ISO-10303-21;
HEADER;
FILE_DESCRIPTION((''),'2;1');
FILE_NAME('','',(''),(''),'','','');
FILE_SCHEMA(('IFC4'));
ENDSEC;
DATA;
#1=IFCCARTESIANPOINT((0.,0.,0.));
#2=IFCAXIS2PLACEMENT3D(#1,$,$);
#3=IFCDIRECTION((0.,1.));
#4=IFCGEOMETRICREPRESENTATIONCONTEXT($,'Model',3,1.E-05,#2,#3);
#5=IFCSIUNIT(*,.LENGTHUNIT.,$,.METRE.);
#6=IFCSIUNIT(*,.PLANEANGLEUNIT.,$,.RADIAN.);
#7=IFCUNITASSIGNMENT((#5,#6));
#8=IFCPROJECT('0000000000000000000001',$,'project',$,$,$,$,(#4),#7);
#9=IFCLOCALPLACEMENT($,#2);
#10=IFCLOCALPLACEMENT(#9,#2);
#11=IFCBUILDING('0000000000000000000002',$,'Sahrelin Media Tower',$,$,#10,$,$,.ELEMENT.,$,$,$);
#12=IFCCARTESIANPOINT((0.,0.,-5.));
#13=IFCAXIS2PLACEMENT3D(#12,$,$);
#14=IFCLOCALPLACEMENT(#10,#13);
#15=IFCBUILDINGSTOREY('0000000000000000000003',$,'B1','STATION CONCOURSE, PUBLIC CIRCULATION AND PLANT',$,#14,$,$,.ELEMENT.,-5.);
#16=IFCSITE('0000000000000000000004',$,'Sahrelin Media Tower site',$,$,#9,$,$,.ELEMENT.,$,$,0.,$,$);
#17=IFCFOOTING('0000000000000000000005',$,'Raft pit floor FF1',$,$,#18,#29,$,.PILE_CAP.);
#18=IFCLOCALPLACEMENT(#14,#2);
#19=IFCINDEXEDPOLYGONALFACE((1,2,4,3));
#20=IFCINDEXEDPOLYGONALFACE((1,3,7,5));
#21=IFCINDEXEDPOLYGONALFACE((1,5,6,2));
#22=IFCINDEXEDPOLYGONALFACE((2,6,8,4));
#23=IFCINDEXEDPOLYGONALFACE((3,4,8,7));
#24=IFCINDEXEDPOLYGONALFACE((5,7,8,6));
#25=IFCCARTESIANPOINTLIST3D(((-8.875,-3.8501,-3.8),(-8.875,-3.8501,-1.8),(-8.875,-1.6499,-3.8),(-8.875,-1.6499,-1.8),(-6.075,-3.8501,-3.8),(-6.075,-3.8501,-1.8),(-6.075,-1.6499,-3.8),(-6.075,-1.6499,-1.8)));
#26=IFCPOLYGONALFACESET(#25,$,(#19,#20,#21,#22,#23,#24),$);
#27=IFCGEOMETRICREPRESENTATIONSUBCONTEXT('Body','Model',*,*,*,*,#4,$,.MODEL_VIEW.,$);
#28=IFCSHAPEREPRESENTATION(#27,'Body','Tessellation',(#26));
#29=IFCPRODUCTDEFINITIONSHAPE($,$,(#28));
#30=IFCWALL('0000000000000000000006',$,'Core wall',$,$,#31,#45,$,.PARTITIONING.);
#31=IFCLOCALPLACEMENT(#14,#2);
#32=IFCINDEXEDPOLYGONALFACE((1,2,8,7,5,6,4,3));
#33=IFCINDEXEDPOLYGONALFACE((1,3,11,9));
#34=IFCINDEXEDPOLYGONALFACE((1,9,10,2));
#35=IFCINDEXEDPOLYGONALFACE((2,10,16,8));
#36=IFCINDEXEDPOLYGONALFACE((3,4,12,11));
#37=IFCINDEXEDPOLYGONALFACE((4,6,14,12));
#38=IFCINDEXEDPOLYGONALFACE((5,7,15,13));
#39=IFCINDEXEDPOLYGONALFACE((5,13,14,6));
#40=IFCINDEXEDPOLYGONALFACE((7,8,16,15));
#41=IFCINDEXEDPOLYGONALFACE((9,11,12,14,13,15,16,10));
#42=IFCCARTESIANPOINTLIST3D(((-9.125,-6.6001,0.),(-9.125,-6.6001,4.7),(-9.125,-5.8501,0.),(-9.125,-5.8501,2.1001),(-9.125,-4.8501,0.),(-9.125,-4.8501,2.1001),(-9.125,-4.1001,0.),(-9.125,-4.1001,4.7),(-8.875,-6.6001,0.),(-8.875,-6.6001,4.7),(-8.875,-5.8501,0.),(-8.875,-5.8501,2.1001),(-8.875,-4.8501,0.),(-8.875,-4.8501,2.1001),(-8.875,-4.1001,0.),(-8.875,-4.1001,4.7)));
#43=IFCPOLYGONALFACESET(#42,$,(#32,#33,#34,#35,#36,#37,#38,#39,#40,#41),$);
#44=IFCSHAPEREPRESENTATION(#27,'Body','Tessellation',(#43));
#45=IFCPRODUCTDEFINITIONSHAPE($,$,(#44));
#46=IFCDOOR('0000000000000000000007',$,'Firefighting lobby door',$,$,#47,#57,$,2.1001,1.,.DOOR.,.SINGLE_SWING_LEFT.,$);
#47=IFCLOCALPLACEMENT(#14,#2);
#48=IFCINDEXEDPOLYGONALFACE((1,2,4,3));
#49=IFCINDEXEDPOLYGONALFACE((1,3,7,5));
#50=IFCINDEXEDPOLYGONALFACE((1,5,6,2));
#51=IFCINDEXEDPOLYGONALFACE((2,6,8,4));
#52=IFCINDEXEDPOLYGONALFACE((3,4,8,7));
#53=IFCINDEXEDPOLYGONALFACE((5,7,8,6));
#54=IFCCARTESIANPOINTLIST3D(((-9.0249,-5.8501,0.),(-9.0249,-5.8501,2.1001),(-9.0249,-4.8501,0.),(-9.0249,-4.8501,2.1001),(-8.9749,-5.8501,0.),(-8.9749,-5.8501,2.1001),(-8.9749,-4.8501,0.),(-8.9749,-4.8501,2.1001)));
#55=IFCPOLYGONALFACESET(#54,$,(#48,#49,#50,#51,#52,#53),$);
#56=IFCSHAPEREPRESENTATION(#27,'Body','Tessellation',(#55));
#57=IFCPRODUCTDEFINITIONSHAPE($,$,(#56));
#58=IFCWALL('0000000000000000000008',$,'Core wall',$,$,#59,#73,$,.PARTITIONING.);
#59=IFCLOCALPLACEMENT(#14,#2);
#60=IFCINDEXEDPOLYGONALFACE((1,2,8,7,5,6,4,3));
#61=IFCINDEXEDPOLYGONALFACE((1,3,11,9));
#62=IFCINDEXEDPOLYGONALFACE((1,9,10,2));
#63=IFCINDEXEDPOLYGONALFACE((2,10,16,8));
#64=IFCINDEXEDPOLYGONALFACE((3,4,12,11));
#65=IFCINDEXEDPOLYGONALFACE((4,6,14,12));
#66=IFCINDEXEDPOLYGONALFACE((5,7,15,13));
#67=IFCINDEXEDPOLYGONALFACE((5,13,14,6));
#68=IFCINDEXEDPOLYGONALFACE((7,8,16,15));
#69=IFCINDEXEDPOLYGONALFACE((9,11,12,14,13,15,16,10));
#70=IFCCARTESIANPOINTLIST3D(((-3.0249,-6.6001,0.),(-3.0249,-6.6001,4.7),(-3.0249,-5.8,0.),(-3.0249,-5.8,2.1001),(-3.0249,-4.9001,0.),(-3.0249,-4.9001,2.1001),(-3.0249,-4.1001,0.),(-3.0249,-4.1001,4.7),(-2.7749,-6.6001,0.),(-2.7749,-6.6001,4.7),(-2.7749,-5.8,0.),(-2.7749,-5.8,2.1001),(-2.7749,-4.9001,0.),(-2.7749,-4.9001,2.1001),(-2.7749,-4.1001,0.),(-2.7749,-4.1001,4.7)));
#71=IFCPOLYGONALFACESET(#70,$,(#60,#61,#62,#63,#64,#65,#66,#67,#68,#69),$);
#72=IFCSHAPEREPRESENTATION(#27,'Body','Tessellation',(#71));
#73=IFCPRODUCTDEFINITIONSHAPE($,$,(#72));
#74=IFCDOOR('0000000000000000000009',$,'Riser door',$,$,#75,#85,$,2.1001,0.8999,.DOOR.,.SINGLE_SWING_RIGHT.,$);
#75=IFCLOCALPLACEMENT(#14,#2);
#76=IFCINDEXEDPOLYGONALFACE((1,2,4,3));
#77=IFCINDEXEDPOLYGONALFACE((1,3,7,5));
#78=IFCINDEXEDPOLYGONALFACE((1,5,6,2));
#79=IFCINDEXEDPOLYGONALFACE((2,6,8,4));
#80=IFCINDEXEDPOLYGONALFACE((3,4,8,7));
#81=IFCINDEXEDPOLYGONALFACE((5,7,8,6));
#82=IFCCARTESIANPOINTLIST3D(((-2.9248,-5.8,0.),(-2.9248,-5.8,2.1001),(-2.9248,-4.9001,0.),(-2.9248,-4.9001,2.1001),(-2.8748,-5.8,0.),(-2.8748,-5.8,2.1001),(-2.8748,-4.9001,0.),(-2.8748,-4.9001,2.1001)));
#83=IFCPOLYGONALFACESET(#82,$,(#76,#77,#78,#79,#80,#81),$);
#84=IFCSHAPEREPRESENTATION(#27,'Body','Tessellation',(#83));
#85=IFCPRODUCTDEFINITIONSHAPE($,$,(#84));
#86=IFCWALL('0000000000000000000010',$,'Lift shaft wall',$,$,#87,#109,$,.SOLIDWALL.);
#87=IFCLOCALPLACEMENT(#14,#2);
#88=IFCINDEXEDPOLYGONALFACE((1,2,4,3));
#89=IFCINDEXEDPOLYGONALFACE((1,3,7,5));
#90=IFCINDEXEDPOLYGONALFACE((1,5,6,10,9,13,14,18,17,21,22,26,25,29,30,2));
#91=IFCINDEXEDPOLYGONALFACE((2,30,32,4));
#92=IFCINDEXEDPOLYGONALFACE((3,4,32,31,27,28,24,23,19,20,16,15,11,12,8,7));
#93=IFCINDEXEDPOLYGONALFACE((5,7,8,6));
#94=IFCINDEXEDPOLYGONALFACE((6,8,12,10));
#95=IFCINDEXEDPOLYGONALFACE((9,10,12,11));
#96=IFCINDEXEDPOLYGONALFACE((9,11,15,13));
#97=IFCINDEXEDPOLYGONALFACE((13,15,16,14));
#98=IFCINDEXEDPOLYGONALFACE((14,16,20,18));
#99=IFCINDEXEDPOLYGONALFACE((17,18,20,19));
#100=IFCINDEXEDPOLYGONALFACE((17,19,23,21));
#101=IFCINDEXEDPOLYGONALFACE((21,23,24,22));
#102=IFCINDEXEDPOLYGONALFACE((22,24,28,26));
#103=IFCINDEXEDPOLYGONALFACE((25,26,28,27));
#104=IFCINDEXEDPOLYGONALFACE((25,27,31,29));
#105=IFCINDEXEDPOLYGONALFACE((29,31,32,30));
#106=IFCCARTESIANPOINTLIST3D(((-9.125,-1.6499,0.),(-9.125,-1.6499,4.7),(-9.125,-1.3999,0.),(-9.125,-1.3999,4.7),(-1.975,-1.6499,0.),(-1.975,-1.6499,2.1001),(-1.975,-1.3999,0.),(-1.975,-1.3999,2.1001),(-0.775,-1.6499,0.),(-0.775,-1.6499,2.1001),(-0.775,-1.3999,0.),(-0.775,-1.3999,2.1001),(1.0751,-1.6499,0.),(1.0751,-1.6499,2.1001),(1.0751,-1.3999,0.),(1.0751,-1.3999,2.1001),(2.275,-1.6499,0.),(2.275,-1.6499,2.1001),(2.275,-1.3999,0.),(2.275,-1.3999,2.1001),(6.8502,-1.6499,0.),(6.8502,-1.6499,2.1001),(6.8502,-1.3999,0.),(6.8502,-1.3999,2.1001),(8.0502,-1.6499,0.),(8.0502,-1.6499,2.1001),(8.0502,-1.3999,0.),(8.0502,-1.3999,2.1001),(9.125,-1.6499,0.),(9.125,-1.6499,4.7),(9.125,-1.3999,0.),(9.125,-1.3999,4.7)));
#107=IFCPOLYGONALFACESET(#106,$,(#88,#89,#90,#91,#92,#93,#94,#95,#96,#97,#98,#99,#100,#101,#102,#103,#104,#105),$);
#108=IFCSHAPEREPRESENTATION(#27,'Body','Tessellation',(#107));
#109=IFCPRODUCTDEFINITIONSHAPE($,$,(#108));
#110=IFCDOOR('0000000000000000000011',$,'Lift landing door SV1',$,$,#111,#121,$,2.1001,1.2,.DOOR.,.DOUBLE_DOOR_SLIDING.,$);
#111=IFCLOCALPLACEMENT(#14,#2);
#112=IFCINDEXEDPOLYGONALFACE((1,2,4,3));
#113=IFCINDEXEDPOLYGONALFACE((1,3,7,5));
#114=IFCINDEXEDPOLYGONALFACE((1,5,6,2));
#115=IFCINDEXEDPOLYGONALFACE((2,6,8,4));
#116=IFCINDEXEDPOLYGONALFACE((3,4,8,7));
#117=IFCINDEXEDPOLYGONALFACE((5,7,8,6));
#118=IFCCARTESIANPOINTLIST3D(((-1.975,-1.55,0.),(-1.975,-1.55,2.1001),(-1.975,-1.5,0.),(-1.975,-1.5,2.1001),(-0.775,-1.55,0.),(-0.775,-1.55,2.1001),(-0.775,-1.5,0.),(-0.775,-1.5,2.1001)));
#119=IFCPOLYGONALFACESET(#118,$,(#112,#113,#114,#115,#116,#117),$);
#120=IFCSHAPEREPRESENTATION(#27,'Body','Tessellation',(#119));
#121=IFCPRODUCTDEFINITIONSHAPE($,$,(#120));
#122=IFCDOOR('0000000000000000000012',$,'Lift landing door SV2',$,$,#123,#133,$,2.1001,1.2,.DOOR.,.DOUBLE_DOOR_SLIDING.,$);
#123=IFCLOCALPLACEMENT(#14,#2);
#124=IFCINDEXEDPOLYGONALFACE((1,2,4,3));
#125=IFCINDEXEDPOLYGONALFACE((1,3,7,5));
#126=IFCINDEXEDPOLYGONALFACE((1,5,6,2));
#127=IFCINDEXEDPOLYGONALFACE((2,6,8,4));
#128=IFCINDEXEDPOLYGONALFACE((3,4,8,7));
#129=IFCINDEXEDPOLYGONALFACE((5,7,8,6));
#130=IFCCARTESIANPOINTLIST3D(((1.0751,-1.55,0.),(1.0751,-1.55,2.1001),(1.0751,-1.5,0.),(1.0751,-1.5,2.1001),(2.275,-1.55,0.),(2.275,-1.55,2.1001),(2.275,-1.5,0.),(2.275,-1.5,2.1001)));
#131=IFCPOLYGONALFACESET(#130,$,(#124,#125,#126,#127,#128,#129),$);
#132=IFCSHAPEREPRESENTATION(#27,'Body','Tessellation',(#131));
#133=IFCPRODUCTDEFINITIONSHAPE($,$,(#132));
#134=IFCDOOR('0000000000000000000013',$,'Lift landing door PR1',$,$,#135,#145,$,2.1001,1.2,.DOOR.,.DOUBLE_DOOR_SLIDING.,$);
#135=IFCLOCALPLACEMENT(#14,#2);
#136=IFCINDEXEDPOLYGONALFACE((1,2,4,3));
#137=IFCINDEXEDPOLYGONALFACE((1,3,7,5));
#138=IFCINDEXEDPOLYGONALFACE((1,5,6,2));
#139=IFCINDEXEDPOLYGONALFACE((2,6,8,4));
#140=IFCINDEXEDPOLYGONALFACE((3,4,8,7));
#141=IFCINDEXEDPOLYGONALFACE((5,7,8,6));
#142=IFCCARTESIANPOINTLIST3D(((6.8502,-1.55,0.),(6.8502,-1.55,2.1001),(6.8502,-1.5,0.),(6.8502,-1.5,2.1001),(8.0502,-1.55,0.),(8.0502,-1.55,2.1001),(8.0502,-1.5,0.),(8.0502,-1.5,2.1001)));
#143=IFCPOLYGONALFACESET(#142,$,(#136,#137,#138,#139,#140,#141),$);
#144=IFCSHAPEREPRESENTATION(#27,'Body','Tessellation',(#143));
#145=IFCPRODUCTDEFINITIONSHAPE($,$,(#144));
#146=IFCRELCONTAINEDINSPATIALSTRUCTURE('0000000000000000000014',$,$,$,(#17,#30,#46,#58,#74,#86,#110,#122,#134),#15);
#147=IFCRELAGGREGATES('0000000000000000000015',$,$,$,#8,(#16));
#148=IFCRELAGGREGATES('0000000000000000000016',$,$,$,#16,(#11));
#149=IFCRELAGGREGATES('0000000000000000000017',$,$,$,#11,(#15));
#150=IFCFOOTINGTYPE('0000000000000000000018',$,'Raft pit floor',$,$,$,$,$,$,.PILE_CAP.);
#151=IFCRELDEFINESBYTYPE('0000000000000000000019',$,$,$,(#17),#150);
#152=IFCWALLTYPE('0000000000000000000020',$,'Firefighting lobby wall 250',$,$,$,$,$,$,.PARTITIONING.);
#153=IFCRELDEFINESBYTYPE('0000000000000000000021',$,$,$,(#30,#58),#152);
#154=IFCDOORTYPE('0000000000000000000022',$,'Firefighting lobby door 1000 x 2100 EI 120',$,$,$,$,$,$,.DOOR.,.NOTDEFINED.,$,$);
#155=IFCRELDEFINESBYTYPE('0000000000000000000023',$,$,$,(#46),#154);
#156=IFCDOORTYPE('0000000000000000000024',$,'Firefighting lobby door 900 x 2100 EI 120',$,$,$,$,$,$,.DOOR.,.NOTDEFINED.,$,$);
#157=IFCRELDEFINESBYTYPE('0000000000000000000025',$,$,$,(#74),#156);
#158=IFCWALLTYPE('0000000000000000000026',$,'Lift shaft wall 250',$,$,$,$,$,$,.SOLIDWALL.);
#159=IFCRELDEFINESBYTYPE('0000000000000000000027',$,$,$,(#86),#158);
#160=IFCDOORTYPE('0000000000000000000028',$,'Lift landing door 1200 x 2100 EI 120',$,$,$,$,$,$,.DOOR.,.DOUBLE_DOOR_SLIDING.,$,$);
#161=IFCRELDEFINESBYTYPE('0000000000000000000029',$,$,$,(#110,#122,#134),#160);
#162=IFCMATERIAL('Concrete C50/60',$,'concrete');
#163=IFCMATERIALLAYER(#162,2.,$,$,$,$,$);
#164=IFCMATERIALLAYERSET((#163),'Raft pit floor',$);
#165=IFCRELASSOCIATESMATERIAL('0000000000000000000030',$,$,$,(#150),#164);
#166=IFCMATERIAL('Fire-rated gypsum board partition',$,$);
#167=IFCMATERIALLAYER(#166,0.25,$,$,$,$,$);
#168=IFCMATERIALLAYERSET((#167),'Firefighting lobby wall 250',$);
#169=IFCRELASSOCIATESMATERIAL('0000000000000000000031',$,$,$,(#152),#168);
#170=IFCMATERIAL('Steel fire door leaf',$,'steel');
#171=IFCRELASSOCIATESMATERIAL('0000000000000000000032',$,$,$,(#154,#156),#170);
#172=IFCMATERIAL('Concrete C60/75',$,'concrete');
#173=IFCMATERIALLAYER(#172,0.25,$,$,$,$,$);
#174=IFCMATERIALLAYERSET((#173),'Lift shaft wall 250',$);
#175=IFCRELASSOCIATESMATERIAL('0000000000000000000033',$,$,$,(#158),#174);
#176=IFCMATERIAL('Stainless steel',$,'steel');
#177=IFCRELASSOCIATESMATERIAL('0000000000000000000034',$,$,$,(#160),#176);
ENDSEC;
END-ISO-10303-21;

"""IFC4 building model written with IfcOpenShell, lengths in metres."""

from ifc_helpers import new_model, si_unit, direction, frame, frame_2d, origin, place, context, subcontext, project, spatial, polyline, rectangle, outline, extrude, material, layer, layer_set, type_object, element, fill, save


model = new_model("IFC4")

# Units and contexts
model_context = context("Model", 3, precision=1e-05, world=origin(), true_north=direction((0.0, 1.0)))
body_context = subcontext(model_context, "Body", "Model", "MODEL_VIEW")
ifc_project = project(units=[si_unit("LENGTHUNIT", "METRE"), si_unit("PLANEANGLEUNIT", "RADIAN")], contexts=[model_context])

# Site, building, storey
site_placement = place(None, origin())
site = spatial("IfcSite", under=ifc_project, at=site_placement, Name="Sahrelin Media Tower site", CompositionType="ELEMENT", RefElevation=0.0)
building_placement = place(site_placement, origin())
building = spatial("IfcBuilding", under=site, at=building_placement, Name="Sahrelin Media Tower", CompositionType="ELEMENT")
storey_placement = place(building_placement, frame((0.0, 0.0, -5.0)))
storey = spatial("IfcBuildingStorey", under=building, at=storey_placement, Name="B1", Description="STATION CONCOURSE, PUBLIC CIRCULATION AND PLANT", CompositionType="ELEMENT", Elevation=-5.0)

# Shared definitions
ifc_material_1 = material(Name="Concrete C60/75", Category="concrete")

# Footing
ifc_material_2 = material(Name="Concrete C50/60", Category="concrete")
placement = place(storey_placement, frame((0.0, 0.0, -3.8)))
ifc_layer_1 = layer(ifc_material_2, 2.0)
ifc_layer_set_1 = layer_set([ifc_layer_1], Name="Raft pit floor")
footing_type_1 = type_object("IfcFootingType", Name="Raft pit floor", PredefinedType="PILE_CAP", material=ifc_layer_set_1)
element("IfcFooting", 1, at=placement, inside=storey, type_object=footing_type_1, Name="Raft pit floor FF1", PredefinedType="PILE_CAP", context=body_context, shape_type="SweptSolid", body=[
    extrude(outline(polyline([(-6.075, -3.8501), (-6.075, -1.6499), (-8.875, -1.6499), (-8.875, -3.8501), (-6.075, -3.8501)])), origin(), (0.0, 0.0, 1.0), 2.0),
])

# Walls, openings, doors
ifc_material_3 = material(Name="Fire-rated gypsum board partition")
ifc_layer_2 = layer(ifc_material_3, 0.25)
ifc_layer_set_2 = layer_set([ifc_layer_2], Name="Firefighting lobby wall 250")
wall_type_1 = type_object("IfcWallType", Name="Firefighting lobby wall 250", PredefinedType="PARTITIONING", material=ifc_layer_set_2)
wall_1_placement = place(storey_placement, frame((-9.0, -6.6001, 0.0), z_axis=(0.0, 0.0, 1.0), x_axis=(0.0, 1.0, 0.0)))
wall_1 = element("IfcWall", 2, at=wall_1_placement, inside=storey, type_object=wall_type_1, Name="Core wall", PredefinedType="PARTITIONING", context=body_context, shape_type="SweptSolid", body=[
    extrude(rectangle(XDim=2.5, YDim=0.25, at=frame_2d((1.25, 0.0))), origin(), (0.0, 0.0, 1.0), 4.7),
])
opening_1_placement = place(wall_1_placement, frame((0.75, 0.0, 0.0)))
opening_1 = element("IfcOpeningElement", 3, at=opening_1_placement, cuts=wall_1, PredefinedType="OPENING", context=body_context, shape_type="SweptSolid", body=[
    extrude(rectangle(XDim=1.0, YDim=2.1001, at=frame_2d((0.5, 1.05))), frame((0.0, 0.125, 0.0), z_axis=(0.0, -1.0, 0.0), x_axis=(1.0, 0.0, 0.0)), (0.0, 0.0, 1.0), 0.25),
])
ifc_material_4 = material(Name="Steel fire door leaf", Category="steel")
door_type_1 = type_object("IfcDoorType", Name="Firefighting lobby door 1000 x 2100 EI 120", OperationType="NOTDEFINED", PredefinedType="DOOR", material=ifc_material_4)
door_1_placement = place(opening_1_placement, origin())
door_1 = element("IfcDoor", 4, at=door_1_placement, inside=storey, type_object=door_type_1, Name="Firefighting lobby door", OperationType="SINGLE_SWING_LEFT", OverallHeight=2.1001, OverallWidth=1.0, PredefinedType="DOOR", context=body_context, shape_type="SweptSolid", body=[
    extrude(rectangle(XDim=1.0, YDim=2.1001, at=frame_2d((0.5, 1.05))), frame((0.0, 0.0249, 0.0), z_axis=(0.0, -1.0, 0.0), x_axis=(1.0, 0.0, 0.0)), (0.0, 0.0, 1.0), 0.05),
])
fill(opening_1, door_1)
wall_2_placement = place(storey_placement, frame((-2.8999, -6.6001, 0.0), z_axis=(0.0, 0.0, 1.0), x_axis=(0.0, 1.0, 0.0)))
wall_2 = element("IfcWall", 5, at=wall_2_placement, inside=storey, type_object=wall_type_1, Name="Core wall", PredefinedType="PARTITIONING", context=body_context, shape_type="SweptSolid", body=[
    extrude(rectangle(XDim=2.5, YDim=0.25, at=frame_2d((1.25, 0.0))), origin(), (0.0, 0.0, 1.0), 4.7),
])
opening_2_placement = place(wall_2_placement, frame((0.8, 0.0, 0.0)))
opening_2 = element("IfcOpeningElement", 6, at=opening_2_placement, cuts=wall_2, PredefinedType="OPENING", context=body_context, shape_type="SweptSolid", body=[
    extrude(rectangle(XDim=0.8999, YDim=2.1001, at=frame_2d((0.45, 1.05))), frame((0.0, 0.125, 0.0), z_axis=(0.0, -1.0, 0.0), x_axis=(1.0, 0.0, 0.0)), (0.0, 0.0, 1.0), 0.25),
])
door_type_2 = type_object("IfcDoorType", Name="Firefighting lobby door 900 x 2100 EI 120", OperationType="NOTDEFINED", PredefinedType="DOOR", material=ifc_material_4)
door_2_placement = place(opening_2_placement, origin())
door_2 = element("IfcDoor", 7, at=door_2_placement, inside=storey, type_object=door_type_2, Name="Riser door", OperationType="SINGLE_SWING_RIGHT", OverallHeight=2.1001, OverallWidth=0.8999, PredefinedType="DOOR", context=body_context, shape_type="SweptSolid", body=[
    extrude(rectangle(XDim=0.8999, YDim=2.1001, at=frame_2d((0.45, 1.05))), frame((0.0, 0.0249, 0.0), z_axis=(0.0, -1.0, 0.0), x_axis=(1.0, 0.0, 0.0)), (0.0, 0.0, 1.0), 0.05),
])
fill(opening_2, door_2)

# Wall, openings, doors
ifc_layer_3 = layer(ifc_material_1, 0.25)
ifc_layer_set_3 = layer_set([ifc_layer_3], Name="Lift shaft wall 250")
wall_type_2 = type_object("IfcWallType", Name="Lift shaft wall 250", PredefinedType="SOLIDWALL", material=ifc_layer_set_3)
wall_3_placement = place(storey_placement, frame((-9.125, -1.5249, 0.0), z_axis=(0.0, 0.0, 1.0), x_axis=(1.0, 0.0, 0.0)))
wall_3 = element("IfcWall", 8, at=wall_3_placement, inside=storey, type_object=wall_type_2, Name="Lift shaft wall", PredefinedType="SOLIDWALL", context=body_context, shape_type="SweptSolid", body=[
    extrude(rectangle(XDim=18.25, YDim=0.25, at=frame_2d((9.125, 0.0))), origin(), (0.0, 0.0, 1.0), 4.7),
])
opening_3_placement = place(wall_3_placement, frame((7.1499, 0.0, 0.0)))
opening_3 = element("IfcOpeningElement", 9, at=opening_3_placement, cuts=wall_3, PredefinedType="OPENING", context=body_context, shape_type="SweptSolid", body=[
    extrude(rectangle(XDim=1.2, YDim=2.1001, at=frame_2d((0.6001, 1.05))), frame((0.0, 0.125, 0.0), z_axis=(0.0, -1.0, 0.0), x_axis=(1.0, 0.0, 0.0)), (0.0, 0.0, 1.0), 0.25),
])
opening_4_placement = place(wall_3_placement, frame((10.2, 0.0, 0.0)))
opening_4 = element("IfcOpeningElement", 10, at=opening_4_placement, cuts=wall_3, PredefinedType="OPENING", context=body_context, shape_type="SweptSolid", body=[
    extrude(rectangle(XDim=1.2, YDim=2.1001, at=frame_2d((0.6001, 1.05))), frame((0.0, 0.125, 0.0), z_axis=(0.0, -1.0, 0.0), x_axis=(1.0, 0.0, 0.0)), (0.0, 0.0, 1.0), 0.25),
])
opening_5_placement = place(wall_3_placement, frame((15.9751, 0.0, 0.0)))
opening_5 = element("IfcOpeningElement", 11, at=opening_5_placement, cuts=wall_3, PredefinedType="OPENING", context=body_context, shape_type="SweptSolid", body=[
    extrude(rectangle(XDim=1.2, YDim=2.1001, at=frame_2d((0.6001, 1.05))), frame((0.0, 0.125, 0.0), z_axis=(0.0, -1.0, 0.0), x_axis=(1.0, 0.0, 0.0)), (0.0, 0.0, 1.0), 0.25),
])
ifc_material_5 = material(Name="Stainless steel", Category="steel")
door_type_3 = type_object("IfcDoorType", Name="Lift landing door 1200 x 2100 EI 120", OperationType="DOUBLE_DOOR_SLIDING", PredefinedType="DOOR", material=ifc_material_5)
door_3_placement = place(opening_3_placement, origin())
door_3 = element("IfcDoor", 12, at=door_3_placement, inside=storey, type_object=door_type_3, Name="Lift landing door SV1", OperationType="DOUBLE_DOOR_SLIDING", OverallHeight=2.1001, OverallWidth=1.2, PredefinedType="DOOR", context=body_context, shape_type="SweptSolid", body=[
    extrude(rectangle(XDim=1.2, YDim=2.1001, at=frame_2d((0.6001, 1.05))), frame((0.0, 0.0249, 0.0), z_axis=(0.0, -1.0, 0.0), x_axis=(1.0, 0.0, 0.0)), (0.0, 0.0, 1.0), 0.05),
])
fill(opening_3, door_3)
door_4_placement = place(opening_4_placement, origin())
door_4 = element("IfcDoor", 13, at=door_4_placement, inside=storey, type_object=door_type_3, Name="Lift landing door SV2", OperationType="DOUBLE_DOOR_SLIDING", OverallHeight=2.1001, OverallWidth=1.2, PredefinedType="DOOR", context=body_context, shape_type="SweptSolid", body=[
    extrude(rectangle(XDim=1.2, YDim=2.1001, at=frame_2d((0.6001, 1.05))), frame((0.0, 0.0249, 0.0), z_axis=(0.0, -1.0, 0.0), x_axis=(1.0, 0.0, 0.0)), (0.0, 0.0, 1.0), 0.05),
])
fill(opening_4, door_4)
door_5_placement = place(opening_5_placement, origin())
door_5 = element("IfcDoor", 14, at=door_5_placement, inside=storey, type_object=door_type_3, Name="Lift landing door PR1", OperationType="DOUBLE_DOOR_SLIDING", OverallHeight=2.1001, OverallWidth=1.2, PredefinedType="DOOR", context=body_context, shape_type="SweptSolid", body=[
    extrude(rectangle(XDim=1.2, YDim=2.1001, at=frame_2d((0.6001, 1.05))), frame((0.0, 0.0249, 0.0), z_axis=(0.0, -1.0, 0.0), x_axis=(1.0, 0.0, 0.0)), (0.0, 0.0, 1.0), 0.05),
])
fill(opening_5, door_5)

save(model, "model.ifc")
